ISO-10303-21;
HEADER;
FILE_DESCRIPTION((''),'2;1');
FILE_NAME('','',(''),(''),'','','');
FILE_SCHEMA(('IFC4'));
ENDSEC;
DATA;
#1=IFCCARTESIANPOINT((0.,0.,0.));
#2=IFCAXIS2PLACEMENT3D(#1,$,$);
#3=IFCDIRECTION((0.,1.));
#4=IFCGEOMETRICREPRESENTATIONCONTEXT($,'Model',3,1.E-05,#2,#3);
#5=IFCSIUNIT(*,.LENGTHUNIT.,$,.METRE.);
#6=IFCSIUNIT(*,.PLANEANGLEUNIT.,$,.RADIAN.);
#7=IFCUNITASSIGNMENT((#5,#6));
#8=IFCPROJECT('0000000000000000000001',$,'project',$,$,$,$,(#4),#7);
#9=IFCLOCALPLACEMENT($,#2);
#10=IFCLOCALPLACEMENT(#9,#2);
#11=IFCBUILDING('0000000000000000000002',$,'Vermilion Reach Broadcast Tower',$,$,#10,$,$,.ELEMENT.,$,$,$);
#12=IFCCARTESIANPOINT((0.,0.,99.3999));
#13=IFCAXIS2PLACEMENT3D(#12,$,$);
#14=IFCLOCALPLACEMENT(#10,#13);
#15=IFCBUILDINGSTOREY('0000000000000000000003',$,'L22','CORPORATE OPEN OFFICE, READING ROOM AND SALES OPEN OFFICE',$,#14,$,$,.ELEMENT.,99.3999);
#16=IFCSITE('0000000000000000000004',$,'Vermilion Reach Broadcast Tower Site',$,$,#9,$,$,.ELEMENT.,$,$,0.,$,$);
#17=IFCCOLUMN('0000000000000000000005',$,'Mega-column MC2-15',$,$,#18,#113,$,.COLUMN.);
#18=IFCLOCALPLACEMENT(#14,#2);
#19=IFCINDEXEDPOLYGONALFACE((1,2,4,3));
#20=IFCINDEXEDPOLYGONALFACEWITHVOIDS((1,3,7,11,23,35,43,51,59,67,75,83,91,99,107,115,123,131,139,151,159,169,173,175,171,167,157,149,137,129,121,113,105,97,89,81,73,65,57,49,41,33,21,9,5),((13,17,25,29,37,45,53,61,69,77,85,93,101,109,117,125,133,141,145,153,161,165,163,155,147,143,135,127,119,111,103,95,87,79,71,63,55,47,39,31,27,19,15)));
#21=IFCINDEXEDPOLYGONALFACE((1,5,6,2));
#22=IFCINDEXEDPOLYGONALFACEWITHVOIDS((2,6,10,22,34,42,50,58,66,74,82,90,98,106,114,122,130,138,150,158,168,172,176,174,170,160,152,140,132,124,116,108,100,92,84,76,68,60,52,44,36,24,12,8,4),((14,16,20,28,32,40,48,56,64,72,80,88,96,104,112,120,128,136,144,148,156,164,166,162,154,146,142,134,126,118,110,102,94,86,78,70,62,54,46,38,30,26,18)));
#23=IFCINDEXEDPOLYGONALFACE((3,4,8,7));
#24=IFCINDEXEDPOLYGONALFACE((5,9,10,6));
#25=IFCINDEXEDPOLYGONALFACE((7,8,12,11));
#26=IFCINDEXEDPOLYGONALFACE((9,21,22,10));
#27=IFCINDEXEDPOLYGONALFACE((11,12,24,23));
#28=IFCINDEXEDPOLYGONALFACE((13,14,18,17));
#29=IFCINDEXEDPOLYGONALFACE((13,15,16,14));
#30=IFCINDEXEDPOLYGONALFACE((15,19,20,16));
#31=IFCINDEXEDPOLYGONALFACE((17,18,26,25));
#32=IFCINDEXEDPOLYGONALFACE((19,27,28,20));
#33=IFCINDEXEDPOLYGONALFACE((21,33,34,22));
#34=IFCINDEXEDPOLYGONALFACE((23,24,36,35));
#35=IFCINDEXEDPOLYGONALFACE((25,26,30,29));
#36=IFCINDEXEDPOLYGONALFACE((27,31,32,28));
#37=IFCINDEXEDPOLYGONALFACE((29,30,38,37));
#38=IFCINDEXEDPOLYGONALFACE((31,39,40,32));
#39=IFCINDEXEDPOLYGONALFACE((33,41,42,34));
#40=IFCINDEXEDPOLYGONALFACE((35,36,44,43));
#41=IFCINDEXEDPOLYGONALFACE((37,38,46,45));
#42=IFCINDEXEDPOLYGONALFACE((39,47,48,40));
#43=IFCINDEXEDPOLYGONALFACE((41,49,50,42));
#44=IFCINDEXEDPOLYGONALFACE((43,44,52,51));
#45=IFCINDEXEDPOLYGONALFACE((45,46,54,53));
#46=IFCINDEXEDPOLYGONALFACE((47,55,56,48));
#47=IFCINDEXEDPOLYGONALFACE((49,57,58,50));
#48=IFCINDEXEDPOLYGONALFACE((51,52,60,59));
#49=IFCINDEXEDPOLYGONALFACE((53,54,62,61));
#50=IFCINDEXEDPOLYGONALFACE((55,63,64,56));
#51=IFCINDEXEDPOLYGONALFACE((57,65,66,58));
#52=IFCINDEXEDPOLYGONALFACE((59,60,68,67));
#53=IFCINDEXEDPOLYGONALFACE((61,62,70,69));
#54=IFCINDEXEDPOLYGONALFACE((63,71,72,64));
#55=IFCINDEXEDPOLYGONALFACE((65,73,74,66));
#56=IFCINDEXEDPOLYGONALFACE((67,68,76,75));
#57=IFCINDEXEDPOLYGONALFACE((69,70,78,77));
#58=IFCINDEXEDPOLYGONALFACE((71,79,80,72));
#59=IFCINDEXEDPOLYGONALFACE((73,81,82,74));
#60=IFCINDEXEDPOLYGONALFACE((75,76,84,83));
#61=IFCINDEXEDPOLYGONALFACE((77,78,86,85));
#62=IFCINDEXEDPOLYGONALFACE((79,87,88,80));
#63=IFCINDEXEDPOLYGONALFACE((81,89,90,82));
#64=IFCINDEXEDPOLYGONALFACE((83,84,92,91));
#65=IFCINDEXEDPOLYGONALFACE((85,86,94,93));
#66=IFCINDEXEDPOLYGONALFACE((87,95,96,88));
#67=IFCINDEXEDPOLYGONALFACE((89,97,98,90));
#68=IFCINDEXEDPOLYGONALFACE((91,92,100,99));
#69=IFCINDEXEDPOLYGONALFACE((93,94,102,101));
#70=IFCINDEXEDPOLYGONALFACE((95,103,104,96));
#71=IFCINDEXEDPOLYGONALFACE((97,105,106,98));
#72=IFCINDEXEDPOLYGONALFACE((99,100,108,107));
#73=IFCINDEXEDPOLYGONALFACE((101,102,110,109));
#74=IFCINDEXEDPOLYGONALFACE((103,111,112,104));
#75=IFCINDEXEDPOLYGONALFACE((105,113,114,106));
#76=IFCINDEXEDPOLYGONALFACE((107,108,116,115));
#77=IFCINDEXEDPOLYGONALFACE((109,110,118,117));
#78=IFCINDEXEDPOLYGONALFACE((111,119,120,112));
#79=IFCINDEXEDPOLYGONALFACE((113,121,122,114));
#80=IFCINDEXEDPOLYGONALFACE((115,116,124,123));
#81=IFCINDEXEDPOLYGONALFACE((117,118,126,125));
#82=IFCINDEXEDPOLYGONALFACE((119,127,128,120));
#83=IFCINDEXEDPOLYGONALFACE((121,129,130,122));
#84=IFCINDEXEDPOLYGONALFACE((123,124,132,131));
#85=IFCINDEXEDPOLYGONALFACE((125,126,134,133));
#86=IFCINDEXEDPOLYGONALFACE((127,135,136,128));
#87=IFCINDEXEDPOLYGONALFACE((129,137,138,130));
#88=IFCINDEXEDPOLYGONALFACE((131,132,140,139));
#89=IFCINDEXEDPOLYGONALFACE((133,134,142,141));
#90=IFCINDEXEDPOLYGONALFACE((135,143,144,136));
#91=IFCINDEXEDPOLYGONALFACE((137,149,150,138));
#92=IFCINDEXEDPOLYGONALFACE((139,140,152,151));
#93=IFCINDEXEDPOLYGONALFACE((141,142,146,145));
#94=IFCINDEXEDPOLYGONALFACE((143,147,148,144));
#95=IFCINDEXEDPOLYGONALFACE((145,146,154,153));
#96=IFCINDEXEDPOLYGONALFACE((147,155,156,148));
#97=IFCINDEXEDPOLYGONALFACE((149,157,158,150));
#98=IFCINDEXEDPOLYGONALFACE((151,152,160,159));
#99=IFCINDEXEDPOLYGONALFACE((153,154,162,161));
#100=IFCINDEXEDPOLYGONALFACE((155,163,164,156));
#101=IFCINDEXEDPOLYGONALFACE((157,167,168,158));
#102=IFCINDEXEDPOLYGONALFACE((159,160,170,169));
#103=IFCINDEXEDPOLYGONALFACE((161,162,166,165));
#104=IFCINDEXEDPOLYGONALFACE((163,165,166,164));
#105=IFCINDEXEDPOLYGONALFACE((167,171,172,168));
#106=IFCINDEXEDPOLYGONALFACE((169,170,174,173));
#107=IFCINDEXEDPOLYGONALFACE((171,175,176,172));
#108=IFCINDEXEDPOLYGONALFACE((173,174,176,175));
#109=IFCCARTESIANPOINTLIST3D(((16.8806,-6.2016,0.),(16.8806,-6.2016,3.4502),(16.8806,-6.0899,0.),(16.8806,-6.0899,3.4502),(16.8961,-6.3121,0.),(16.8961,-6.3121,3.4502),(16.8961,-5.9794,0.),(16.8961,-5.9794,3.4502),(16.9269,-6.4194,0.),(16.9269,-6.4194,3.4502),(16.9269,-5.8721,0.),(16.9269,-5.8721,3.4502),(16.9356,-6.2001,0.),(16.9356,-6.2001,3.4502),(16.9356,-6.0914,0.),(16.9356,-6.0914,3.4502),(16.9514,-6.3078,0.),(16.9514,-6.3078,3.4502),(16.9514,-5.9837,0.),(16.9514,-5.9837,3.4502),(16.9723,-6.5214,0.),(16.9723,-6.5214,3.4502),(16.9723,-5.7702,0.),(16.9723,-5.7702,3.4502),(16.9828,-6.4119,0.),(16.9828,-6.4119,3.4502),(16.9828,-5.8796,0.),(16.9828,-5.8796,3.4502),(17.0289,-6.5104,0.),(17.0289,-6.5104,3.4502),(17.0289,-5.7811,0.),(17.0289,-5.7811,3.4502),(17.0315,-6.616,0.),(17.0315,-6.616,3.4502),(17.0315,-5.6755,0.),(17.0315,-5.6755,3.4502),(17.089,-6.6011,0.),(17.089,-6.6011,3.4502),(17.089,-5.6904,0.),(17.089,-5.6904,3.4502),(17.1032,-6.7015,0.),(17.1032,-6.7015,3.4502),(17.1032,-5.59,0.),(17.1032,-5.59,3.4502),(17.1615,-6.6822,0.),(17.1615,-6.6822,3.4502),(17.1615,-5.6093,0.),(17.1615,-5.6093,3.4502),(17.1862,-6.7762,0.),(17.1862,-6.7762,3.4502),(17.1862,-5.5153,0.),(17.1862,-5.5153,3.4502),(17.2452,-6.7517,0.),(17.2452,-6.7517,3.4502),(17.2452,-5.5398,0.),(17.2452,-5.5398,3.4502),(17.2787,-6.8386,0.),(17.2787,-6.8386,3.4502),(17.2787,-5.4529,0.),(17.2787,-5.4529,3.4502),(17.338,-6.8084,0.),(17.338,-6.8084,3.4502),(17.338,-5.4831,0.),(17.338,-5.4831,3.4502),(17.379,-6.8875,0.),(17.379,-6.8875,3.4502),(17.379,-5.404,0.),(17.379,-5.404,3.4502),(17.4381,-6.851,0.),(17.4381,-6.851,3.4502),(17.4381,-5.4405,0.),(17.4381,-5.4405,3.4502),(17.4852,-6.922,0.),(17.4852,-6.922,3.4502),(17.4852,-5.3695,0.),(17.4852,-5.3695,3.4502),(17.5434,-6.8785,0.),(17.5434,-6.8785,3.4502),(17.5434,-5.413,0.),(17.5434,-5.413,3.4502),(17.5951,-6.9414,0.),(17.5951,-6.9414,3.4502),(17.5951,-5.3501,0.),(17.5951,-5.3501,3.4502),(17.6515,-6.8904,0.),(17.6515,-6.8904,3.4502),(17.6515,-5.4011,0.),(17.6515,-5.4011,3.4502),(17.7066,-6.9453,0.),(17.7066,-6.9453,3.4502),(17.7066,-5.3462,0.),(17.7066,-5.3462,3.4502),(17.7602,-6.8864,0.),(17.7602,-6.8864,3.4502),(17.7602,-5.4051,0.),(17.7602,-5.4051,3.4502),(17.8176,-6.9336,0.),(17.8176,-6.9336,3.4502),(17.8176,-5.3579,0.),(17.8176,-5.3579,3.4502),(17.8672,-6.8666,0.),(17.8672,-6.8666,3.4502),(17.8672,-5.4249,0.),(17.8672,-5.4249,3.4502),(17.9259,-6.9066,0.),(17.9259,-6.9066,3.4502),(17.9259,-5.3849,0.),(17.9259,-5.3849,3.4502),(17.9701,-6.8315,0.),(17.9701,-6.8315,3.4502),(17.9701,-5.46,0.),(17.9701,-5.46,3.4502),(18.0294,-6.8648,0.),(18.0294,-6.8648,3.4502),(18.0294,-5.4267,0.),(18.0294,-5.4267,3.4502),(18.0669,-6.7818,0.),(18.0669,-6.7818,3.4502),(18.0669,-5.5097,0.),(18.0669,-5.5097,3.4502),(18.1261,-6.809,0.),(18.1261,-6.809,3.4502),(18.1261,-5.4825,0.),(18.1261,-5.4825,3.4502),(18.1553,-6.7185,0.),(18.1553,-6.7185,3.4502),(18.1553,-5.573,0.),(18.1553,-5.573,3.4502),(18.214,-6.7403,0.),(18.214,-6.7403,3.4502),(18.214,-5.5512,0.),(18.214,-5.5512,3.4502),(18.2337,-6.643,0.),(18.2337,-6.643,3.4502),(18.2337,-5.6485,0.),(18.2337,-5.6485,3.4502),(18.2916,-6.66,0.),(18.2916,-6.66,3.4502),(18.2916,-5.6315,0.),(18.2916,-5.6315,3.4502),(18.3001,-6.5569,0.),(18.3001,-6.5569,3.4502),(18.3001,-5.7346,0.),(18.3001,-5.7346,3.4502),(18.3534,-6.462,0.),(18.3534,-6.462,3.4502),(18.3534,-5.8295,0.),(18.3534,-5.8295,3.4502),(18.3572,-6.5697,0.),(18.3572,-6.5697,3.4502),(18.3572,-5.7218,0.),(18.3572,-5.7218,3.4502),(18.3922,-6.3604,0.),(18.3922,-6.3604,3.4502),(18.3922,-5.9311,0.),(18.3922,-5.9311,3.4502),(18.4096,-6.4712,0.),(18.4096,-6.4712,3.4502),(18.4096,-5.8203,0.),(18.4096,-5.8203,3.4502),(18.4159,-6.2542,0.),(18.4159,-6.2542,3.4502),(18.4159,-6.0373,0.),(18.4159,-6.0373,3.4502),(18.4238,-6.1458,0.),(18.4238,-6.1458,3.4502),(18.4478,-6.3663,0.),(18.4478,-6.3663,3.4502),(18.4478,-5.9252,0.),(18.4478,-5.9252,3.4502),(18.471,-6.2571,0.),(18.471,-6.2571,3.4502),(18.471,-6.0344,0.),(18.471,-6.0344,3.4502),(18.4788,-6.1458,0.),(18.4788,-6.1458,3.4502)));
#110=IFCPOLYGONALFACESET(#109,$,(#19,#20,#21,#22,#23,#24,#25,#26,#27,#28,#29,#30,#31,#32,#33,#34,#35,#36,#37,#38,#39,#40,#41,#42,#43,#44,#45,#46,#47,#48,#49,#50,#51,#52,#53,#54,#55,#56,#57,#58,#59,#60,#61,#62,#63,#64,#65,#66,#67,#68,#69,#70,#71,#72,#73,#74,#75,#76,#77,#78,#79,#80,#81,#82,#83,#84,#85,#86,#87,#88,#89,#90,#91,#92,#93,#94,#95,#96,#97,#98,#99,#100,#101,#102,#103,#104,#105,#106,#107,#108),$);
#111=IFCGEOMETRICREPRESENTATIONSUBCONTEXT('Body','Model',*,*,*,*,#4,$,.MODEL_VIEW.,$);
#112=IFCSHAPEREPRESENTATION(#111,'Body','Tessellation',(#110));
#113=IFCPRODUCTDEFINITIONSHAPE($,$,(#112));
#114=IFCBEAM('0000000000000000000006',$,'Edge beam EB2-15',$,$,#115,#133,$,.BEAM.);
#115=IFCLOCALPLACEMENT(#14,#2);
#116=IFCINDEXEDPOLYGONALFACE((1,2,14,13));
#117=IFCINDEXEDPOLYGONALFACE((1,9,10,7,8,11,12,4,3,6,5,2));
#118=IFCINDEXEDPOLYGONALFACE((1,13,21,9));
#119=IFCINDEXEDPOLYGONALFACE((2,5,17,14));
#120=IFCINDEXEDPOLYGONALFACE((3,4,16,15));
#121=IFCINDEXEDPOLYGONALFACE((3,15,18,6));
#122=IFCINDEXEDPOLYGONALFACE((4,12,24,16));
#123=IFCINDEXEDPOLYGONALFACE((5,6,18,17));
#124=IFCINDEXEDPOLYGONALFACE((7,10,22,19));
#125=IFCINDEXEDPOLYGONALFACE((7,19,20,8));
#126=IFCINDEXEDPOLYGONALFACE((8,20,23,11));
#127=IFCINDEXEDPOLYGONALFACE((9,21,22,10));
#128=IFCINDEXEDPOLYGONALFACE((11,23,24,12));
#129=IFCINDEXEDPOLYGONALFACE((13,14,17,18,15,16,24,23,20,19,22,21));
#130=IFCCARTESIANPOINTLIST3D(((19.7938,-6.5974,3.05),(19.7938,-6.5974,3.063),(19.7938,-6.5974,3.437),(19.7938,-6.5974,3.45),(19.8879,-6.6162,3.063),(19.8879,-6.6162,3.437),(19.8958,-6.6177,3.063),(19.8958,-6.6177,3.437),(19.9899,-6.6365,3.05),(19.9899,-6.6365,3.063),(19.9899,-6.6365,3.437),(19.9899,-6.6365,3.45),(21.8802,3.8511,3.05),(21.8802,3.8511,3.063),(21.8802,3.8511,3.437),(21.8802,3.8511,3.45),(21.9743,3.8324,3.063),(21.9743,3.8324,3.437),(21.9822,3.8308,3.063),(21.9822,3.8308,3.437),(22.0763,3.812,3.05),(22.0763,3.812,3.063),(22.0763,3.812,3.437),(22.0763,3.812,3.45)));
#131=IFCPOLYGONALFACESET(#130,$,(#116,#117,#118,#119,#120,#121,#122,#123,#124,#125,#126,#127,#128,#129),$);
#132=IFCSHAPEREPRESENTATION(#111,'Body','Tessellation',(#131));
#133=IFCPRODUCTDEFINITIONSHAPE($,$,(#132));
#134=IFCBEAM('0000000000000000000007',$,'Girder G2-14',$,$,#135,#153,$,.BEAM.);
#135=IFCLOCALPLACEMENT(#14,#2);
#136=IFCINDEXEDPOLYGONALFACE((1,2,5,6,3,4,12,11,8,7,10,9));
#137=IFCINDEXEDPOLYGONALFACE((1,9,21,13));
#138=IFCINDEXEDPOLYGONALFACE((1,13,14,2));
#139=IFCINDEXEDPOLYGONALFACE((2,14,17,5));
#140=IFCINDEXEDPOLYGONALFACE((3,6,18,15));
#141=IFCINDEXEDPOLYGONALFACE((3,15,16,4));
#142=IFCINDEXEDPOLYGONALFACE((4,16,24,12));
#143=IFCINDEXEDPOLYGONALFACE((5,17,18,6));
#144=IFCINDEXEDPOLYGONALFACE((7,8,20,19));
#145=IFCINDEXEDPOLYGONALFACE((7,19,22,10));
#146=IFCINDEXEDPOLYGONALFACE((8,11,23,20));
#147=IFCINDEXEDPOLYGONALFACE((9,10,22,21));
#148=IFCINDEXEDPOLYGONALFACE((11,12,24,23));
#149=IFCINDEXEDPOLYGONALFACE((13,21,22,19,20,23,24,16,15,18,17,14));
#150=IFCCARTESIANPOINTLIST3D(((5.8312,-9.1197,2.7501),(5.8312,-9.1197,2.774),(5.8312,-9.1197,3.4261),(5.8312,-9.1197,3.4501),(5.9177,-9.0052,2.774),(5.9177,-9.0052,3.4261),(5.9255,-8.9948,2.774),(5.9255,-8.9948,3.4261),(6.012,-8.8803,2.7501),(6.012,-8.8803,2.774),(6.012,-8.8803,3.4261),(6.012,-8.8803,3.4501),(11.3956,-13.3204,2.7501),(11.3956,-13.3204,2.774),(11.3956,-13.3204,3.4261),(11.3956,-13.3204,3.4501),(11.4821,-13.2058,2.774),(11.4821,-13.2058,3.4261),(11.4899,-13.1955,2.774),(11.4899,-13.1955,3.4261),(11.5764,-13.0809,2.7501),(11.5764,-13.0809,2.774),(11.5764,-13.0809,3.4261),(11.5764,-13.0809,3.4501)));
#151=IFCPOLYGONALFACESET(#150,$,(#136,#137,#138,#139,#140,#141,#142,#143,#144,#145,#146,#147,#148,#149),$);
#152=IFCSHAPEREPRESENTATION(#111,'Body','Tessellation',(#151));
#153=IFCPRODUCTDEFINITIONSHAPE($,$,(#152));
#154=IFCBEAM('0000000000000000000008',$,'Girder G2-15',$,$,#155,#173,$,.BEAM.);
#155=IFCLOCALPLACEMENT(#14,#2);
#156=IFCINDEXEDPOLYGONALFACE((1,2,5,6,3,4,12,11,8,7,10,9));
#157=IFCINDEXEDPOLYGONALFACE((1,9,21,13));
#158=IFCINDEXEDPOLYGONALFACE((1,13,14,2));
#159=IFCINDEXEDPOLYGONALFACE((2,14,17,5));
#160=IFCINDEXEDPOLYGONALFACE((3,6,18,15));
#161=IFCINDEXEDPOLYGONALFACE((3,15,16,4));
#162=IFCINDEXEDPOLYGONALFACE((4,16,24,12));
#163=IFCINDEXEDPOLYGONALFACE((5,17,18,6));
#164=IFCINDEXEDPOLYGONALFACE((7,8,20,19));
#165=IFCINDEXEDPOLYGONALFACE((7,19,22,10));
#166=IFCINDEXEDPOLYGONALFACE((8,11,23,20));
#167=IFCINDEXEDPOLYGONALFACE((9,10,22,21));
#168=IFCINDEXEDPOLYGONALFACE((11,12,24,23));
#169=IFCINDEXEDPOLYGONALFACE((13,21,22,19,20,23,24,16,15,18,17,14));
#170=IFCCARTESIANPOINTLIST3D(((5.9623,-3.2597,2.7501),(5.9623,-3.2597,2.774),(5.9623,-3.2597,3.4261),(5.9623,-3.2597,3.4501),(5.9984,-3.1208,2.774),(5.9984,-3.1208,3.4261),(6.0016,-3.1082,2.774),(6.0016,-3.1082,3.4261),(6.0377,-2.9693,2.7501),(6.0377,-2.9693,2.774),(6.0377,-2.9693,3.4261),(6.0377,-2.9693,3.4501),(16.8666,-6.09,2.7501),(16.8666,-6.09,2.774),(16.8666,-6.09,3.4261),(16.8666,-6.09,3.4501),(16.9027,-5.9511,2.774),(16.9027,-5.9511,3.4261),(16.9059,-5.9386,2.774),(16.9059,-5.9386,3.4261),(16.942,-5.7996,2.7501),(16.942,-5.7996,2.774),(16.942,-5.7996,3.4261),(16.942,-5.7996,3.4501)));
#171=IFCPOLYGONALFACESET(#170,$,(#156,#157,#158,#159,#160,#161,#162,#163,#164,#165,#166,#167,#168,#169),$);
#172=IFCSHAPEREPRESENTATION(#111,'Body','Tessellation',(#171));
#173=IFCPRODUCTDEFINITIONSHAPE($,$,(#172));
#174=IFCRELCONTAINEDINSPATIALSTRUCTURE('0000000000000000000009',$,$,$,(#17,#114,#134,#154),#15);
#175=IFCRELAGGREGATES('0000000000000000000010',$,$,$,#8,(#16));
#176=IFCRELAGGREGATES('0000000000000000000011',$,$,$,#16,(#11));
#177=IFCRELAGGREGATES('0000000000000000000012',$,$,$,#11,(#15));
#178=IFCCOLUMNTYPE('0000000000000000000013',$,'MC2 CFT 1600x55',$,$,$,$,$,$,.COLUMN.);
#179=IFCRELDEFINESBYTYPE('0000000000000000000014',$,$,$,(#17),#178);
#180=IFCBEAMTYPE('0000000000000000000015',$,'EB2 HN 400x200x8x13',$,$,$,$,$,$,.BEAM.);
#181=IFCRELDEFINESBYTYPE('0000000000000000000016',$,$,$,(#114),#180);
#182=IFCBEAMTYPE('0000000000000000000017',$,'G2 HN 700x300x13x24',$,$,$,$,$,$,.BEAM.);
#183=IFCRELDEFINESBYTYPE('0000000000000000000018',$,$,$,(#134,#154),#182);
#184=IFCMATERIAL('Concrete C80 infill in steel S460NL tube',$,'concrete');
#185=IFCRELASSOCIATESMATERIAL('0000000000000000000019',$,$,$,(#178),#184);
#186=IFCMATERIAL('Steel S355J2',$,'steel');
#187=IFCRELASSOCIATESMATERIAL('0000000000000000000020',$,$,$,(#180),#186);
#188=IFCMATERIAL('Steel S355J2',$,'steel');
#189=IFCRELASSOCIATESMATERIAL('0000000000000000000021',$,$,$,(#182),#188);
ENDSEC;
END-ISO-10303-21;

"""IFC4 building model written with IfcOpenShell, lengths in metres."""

from ifc_helpers import new_model, si_unit, direction, frame, origin, origin_2d, place, context, subcontext, project, spatial, hollow_circle, i_section, extrude, material, material_profile, profile_set, type_object, element, save


model = new_model("IFC4")

# Units and contexts
model_context = context("Model", 3, precision=1e-05, world=origin(), true_north=direction((0.0, 1.0)))
body_context = subcontext(model_context, "Body", "Model", "MODEL_VIEW")
ifc_project = project(units=[si_unit("LENGTHUNIT", "METRE"), si_unit("PLANEANGLEUNIT", "RADIAN")], contexts=[model_context])

# Site, building, storey
site_placement = place(None, origin())
site = spatial("IfcSite", under=ifc_project, at=site_placement, Name="Vermilion Reach Broadcast Tower Site", CompositionType="ELEMENT", RefElevation=0.0)
building_placement = place(site_placement, origin())
building = spatial("IfcBuilding", under=site, at=building_placement, Name="Vermilion Reach Broadcast Tower", CompositionType="ELEMENT")
storey_placement = place(building_placement, frame((0.0, 0.0, 99.3999)))
storey = spatial("IfcBuildingStorey", under=building, at=storey_placement, Name="L22", Description="CORPORATE OPEN OFFICE, READING ROOM AND SALES OPEN OFFICE", CompositionType="ELEMENT", Elevation=99.3999)

# Column
ifc_material_1 = material(Name="Concrete C80 infill in steel S460NL tube", Category="concrete")
ifc_material_profile_1 = material_profile(ifc_material_1, hollow_circle(Radius=0.8, WallThickness=0.0549, at=origin_2d()), Name="Concrete C80 infill in steel S460NL tube CFT 1600x55")
ifc_profile_set_1 = profile_set([ifc_material_profile_1], Name="Concrete C80 infill in steel S460NL tube")
column_type = type_object("IfcColumnType", Name="MC2 CFT 1600x55", PredefinedType="COLUMN", material=ifc_profile_set_1)
column_placement = place(storey_placement, frame((17.6787, -6.1458, 0.0), z_axis=(0.0, 0.0, 1.0), x_axis=(1.0, 0.0, 0.0)))
element("IfcColumn", 1, at=column_placement, inside=storey, type_object=column_type, Name="Mega-column MC2-15", PredefinedType="COLUMN", context=body_context, shape_type="SweptSolid", body=[
    extrude(hollow_circle(Radius=0.8, WallThickness=0.0549, at=origin_2d()), origin(), (0.0, 0.0, 1.0), 3.4502),
])

# Beams
ifc_material_2 = material(Name="Steel S355J2", Category="steel")
ifc_material_profile_2 = material_profile(ifc_material_2, i_section(OverallWidth=0.2, OverallDepth=0.3999, WebThickness=0.0081, FlangeThickness=0.0129, at=origin_2d()), Name="S355J2 HN 400x200x8x13")
ifc_profile_set_2 = profile_set([ifc_material_profile_2], Name="Steel S355J2")
beam_type_1 = type_object("IfcBeamType", Name="EB2 HN 400x200x8x13", PredefinedType="BEAM", material=ifc_profile_set_2)
beam_1_placement = place(storey_placement, frame((19.8918, -6.6169, 3.25), z_axis=(0.195821, 0.98064, 0.0), x_axis=(-0.98064, 0.195821, 0.0)))
element("IfcBeam", 2, at=beam_1_placement, inside=storey, type_object=beam_type_1, Name="Edge beam EB2-15", PredefinedType="BEAM", context=body_context, shape_type="SweptSolid", body=[
    extrude(i_section(OverallWidth=0.2, OverallDepth=0.3999, WebThickness=0.0081, FlangeThickness=0.0129, at=origin_2d()), origin(), (0.0, 0.0, 1.0), 10.6548),
])
ifc_material_3 = material(Name="Steel S355J2", Category="steel")
ifc_material_profile_3 = material_profile(ifc_material_3, i_section(OverallWidth=0.3, OverallDepth=0.7, WebThickness=0.0129, FlangeThickness=0.0239, at=origin_2d()), Name="S355J2 HN 700x300x13x24")
ifc_profile_set_3 = profile_set([ifc_material_profile_3], Name="Steel S355J2")
beam_type_2 = type_object("IfcBeamType", Name="G2 HN 700x300x13x24", PredefinedType="BEAM", material=ifc_profile_set_3)
beam_2_placement = place(storey_placement, frame((5.9216, -9.0, 3.1001), z_axis=(0.798114, -0.602507, 0.0), x_axis=(0.602507, 0.798114, 0.0)))
element("IfcBeam", 3, at=beam_2_placement, inside=storey, type_object=beam_type_2, Name="Girder G2-14", PredefinedType="BEAM", context=body_context, shape_type="SweptSolid", body=[
    extrude(i_section(OverallWidth=0.3, OverallDepth=0.7, WebThickness=0.0129, FlangeThickness=0.0239, at=origin_2d()), origin(), (0.0, 0.0, 1.0), 6.9719),
])
beam_3_placement = place(storey_placement, frame((6.0, -3.1145, 3.1001), z_axis=(0.967926, -0.251235, 0.0), x_axis=(0.251235, 0.967926, 0.0)))
element("IfcBeam", 4, at=beam_3_placement, inside=storey, type_object=beam_type_2, Name="Girder G2-15", PredefinedType="BEAM", context=body_context, shape_type="SweptSolid", body=[
    extrude(i_section(OverallWidth=0.3, OverallDepth=0.7, WebThickness=0.0129, FlangeThickness=0.0239, at=origin_2d()), origin(), (0.0, 0.0, 1.0), 11.2656),
])

save(model, "model.ifc")
